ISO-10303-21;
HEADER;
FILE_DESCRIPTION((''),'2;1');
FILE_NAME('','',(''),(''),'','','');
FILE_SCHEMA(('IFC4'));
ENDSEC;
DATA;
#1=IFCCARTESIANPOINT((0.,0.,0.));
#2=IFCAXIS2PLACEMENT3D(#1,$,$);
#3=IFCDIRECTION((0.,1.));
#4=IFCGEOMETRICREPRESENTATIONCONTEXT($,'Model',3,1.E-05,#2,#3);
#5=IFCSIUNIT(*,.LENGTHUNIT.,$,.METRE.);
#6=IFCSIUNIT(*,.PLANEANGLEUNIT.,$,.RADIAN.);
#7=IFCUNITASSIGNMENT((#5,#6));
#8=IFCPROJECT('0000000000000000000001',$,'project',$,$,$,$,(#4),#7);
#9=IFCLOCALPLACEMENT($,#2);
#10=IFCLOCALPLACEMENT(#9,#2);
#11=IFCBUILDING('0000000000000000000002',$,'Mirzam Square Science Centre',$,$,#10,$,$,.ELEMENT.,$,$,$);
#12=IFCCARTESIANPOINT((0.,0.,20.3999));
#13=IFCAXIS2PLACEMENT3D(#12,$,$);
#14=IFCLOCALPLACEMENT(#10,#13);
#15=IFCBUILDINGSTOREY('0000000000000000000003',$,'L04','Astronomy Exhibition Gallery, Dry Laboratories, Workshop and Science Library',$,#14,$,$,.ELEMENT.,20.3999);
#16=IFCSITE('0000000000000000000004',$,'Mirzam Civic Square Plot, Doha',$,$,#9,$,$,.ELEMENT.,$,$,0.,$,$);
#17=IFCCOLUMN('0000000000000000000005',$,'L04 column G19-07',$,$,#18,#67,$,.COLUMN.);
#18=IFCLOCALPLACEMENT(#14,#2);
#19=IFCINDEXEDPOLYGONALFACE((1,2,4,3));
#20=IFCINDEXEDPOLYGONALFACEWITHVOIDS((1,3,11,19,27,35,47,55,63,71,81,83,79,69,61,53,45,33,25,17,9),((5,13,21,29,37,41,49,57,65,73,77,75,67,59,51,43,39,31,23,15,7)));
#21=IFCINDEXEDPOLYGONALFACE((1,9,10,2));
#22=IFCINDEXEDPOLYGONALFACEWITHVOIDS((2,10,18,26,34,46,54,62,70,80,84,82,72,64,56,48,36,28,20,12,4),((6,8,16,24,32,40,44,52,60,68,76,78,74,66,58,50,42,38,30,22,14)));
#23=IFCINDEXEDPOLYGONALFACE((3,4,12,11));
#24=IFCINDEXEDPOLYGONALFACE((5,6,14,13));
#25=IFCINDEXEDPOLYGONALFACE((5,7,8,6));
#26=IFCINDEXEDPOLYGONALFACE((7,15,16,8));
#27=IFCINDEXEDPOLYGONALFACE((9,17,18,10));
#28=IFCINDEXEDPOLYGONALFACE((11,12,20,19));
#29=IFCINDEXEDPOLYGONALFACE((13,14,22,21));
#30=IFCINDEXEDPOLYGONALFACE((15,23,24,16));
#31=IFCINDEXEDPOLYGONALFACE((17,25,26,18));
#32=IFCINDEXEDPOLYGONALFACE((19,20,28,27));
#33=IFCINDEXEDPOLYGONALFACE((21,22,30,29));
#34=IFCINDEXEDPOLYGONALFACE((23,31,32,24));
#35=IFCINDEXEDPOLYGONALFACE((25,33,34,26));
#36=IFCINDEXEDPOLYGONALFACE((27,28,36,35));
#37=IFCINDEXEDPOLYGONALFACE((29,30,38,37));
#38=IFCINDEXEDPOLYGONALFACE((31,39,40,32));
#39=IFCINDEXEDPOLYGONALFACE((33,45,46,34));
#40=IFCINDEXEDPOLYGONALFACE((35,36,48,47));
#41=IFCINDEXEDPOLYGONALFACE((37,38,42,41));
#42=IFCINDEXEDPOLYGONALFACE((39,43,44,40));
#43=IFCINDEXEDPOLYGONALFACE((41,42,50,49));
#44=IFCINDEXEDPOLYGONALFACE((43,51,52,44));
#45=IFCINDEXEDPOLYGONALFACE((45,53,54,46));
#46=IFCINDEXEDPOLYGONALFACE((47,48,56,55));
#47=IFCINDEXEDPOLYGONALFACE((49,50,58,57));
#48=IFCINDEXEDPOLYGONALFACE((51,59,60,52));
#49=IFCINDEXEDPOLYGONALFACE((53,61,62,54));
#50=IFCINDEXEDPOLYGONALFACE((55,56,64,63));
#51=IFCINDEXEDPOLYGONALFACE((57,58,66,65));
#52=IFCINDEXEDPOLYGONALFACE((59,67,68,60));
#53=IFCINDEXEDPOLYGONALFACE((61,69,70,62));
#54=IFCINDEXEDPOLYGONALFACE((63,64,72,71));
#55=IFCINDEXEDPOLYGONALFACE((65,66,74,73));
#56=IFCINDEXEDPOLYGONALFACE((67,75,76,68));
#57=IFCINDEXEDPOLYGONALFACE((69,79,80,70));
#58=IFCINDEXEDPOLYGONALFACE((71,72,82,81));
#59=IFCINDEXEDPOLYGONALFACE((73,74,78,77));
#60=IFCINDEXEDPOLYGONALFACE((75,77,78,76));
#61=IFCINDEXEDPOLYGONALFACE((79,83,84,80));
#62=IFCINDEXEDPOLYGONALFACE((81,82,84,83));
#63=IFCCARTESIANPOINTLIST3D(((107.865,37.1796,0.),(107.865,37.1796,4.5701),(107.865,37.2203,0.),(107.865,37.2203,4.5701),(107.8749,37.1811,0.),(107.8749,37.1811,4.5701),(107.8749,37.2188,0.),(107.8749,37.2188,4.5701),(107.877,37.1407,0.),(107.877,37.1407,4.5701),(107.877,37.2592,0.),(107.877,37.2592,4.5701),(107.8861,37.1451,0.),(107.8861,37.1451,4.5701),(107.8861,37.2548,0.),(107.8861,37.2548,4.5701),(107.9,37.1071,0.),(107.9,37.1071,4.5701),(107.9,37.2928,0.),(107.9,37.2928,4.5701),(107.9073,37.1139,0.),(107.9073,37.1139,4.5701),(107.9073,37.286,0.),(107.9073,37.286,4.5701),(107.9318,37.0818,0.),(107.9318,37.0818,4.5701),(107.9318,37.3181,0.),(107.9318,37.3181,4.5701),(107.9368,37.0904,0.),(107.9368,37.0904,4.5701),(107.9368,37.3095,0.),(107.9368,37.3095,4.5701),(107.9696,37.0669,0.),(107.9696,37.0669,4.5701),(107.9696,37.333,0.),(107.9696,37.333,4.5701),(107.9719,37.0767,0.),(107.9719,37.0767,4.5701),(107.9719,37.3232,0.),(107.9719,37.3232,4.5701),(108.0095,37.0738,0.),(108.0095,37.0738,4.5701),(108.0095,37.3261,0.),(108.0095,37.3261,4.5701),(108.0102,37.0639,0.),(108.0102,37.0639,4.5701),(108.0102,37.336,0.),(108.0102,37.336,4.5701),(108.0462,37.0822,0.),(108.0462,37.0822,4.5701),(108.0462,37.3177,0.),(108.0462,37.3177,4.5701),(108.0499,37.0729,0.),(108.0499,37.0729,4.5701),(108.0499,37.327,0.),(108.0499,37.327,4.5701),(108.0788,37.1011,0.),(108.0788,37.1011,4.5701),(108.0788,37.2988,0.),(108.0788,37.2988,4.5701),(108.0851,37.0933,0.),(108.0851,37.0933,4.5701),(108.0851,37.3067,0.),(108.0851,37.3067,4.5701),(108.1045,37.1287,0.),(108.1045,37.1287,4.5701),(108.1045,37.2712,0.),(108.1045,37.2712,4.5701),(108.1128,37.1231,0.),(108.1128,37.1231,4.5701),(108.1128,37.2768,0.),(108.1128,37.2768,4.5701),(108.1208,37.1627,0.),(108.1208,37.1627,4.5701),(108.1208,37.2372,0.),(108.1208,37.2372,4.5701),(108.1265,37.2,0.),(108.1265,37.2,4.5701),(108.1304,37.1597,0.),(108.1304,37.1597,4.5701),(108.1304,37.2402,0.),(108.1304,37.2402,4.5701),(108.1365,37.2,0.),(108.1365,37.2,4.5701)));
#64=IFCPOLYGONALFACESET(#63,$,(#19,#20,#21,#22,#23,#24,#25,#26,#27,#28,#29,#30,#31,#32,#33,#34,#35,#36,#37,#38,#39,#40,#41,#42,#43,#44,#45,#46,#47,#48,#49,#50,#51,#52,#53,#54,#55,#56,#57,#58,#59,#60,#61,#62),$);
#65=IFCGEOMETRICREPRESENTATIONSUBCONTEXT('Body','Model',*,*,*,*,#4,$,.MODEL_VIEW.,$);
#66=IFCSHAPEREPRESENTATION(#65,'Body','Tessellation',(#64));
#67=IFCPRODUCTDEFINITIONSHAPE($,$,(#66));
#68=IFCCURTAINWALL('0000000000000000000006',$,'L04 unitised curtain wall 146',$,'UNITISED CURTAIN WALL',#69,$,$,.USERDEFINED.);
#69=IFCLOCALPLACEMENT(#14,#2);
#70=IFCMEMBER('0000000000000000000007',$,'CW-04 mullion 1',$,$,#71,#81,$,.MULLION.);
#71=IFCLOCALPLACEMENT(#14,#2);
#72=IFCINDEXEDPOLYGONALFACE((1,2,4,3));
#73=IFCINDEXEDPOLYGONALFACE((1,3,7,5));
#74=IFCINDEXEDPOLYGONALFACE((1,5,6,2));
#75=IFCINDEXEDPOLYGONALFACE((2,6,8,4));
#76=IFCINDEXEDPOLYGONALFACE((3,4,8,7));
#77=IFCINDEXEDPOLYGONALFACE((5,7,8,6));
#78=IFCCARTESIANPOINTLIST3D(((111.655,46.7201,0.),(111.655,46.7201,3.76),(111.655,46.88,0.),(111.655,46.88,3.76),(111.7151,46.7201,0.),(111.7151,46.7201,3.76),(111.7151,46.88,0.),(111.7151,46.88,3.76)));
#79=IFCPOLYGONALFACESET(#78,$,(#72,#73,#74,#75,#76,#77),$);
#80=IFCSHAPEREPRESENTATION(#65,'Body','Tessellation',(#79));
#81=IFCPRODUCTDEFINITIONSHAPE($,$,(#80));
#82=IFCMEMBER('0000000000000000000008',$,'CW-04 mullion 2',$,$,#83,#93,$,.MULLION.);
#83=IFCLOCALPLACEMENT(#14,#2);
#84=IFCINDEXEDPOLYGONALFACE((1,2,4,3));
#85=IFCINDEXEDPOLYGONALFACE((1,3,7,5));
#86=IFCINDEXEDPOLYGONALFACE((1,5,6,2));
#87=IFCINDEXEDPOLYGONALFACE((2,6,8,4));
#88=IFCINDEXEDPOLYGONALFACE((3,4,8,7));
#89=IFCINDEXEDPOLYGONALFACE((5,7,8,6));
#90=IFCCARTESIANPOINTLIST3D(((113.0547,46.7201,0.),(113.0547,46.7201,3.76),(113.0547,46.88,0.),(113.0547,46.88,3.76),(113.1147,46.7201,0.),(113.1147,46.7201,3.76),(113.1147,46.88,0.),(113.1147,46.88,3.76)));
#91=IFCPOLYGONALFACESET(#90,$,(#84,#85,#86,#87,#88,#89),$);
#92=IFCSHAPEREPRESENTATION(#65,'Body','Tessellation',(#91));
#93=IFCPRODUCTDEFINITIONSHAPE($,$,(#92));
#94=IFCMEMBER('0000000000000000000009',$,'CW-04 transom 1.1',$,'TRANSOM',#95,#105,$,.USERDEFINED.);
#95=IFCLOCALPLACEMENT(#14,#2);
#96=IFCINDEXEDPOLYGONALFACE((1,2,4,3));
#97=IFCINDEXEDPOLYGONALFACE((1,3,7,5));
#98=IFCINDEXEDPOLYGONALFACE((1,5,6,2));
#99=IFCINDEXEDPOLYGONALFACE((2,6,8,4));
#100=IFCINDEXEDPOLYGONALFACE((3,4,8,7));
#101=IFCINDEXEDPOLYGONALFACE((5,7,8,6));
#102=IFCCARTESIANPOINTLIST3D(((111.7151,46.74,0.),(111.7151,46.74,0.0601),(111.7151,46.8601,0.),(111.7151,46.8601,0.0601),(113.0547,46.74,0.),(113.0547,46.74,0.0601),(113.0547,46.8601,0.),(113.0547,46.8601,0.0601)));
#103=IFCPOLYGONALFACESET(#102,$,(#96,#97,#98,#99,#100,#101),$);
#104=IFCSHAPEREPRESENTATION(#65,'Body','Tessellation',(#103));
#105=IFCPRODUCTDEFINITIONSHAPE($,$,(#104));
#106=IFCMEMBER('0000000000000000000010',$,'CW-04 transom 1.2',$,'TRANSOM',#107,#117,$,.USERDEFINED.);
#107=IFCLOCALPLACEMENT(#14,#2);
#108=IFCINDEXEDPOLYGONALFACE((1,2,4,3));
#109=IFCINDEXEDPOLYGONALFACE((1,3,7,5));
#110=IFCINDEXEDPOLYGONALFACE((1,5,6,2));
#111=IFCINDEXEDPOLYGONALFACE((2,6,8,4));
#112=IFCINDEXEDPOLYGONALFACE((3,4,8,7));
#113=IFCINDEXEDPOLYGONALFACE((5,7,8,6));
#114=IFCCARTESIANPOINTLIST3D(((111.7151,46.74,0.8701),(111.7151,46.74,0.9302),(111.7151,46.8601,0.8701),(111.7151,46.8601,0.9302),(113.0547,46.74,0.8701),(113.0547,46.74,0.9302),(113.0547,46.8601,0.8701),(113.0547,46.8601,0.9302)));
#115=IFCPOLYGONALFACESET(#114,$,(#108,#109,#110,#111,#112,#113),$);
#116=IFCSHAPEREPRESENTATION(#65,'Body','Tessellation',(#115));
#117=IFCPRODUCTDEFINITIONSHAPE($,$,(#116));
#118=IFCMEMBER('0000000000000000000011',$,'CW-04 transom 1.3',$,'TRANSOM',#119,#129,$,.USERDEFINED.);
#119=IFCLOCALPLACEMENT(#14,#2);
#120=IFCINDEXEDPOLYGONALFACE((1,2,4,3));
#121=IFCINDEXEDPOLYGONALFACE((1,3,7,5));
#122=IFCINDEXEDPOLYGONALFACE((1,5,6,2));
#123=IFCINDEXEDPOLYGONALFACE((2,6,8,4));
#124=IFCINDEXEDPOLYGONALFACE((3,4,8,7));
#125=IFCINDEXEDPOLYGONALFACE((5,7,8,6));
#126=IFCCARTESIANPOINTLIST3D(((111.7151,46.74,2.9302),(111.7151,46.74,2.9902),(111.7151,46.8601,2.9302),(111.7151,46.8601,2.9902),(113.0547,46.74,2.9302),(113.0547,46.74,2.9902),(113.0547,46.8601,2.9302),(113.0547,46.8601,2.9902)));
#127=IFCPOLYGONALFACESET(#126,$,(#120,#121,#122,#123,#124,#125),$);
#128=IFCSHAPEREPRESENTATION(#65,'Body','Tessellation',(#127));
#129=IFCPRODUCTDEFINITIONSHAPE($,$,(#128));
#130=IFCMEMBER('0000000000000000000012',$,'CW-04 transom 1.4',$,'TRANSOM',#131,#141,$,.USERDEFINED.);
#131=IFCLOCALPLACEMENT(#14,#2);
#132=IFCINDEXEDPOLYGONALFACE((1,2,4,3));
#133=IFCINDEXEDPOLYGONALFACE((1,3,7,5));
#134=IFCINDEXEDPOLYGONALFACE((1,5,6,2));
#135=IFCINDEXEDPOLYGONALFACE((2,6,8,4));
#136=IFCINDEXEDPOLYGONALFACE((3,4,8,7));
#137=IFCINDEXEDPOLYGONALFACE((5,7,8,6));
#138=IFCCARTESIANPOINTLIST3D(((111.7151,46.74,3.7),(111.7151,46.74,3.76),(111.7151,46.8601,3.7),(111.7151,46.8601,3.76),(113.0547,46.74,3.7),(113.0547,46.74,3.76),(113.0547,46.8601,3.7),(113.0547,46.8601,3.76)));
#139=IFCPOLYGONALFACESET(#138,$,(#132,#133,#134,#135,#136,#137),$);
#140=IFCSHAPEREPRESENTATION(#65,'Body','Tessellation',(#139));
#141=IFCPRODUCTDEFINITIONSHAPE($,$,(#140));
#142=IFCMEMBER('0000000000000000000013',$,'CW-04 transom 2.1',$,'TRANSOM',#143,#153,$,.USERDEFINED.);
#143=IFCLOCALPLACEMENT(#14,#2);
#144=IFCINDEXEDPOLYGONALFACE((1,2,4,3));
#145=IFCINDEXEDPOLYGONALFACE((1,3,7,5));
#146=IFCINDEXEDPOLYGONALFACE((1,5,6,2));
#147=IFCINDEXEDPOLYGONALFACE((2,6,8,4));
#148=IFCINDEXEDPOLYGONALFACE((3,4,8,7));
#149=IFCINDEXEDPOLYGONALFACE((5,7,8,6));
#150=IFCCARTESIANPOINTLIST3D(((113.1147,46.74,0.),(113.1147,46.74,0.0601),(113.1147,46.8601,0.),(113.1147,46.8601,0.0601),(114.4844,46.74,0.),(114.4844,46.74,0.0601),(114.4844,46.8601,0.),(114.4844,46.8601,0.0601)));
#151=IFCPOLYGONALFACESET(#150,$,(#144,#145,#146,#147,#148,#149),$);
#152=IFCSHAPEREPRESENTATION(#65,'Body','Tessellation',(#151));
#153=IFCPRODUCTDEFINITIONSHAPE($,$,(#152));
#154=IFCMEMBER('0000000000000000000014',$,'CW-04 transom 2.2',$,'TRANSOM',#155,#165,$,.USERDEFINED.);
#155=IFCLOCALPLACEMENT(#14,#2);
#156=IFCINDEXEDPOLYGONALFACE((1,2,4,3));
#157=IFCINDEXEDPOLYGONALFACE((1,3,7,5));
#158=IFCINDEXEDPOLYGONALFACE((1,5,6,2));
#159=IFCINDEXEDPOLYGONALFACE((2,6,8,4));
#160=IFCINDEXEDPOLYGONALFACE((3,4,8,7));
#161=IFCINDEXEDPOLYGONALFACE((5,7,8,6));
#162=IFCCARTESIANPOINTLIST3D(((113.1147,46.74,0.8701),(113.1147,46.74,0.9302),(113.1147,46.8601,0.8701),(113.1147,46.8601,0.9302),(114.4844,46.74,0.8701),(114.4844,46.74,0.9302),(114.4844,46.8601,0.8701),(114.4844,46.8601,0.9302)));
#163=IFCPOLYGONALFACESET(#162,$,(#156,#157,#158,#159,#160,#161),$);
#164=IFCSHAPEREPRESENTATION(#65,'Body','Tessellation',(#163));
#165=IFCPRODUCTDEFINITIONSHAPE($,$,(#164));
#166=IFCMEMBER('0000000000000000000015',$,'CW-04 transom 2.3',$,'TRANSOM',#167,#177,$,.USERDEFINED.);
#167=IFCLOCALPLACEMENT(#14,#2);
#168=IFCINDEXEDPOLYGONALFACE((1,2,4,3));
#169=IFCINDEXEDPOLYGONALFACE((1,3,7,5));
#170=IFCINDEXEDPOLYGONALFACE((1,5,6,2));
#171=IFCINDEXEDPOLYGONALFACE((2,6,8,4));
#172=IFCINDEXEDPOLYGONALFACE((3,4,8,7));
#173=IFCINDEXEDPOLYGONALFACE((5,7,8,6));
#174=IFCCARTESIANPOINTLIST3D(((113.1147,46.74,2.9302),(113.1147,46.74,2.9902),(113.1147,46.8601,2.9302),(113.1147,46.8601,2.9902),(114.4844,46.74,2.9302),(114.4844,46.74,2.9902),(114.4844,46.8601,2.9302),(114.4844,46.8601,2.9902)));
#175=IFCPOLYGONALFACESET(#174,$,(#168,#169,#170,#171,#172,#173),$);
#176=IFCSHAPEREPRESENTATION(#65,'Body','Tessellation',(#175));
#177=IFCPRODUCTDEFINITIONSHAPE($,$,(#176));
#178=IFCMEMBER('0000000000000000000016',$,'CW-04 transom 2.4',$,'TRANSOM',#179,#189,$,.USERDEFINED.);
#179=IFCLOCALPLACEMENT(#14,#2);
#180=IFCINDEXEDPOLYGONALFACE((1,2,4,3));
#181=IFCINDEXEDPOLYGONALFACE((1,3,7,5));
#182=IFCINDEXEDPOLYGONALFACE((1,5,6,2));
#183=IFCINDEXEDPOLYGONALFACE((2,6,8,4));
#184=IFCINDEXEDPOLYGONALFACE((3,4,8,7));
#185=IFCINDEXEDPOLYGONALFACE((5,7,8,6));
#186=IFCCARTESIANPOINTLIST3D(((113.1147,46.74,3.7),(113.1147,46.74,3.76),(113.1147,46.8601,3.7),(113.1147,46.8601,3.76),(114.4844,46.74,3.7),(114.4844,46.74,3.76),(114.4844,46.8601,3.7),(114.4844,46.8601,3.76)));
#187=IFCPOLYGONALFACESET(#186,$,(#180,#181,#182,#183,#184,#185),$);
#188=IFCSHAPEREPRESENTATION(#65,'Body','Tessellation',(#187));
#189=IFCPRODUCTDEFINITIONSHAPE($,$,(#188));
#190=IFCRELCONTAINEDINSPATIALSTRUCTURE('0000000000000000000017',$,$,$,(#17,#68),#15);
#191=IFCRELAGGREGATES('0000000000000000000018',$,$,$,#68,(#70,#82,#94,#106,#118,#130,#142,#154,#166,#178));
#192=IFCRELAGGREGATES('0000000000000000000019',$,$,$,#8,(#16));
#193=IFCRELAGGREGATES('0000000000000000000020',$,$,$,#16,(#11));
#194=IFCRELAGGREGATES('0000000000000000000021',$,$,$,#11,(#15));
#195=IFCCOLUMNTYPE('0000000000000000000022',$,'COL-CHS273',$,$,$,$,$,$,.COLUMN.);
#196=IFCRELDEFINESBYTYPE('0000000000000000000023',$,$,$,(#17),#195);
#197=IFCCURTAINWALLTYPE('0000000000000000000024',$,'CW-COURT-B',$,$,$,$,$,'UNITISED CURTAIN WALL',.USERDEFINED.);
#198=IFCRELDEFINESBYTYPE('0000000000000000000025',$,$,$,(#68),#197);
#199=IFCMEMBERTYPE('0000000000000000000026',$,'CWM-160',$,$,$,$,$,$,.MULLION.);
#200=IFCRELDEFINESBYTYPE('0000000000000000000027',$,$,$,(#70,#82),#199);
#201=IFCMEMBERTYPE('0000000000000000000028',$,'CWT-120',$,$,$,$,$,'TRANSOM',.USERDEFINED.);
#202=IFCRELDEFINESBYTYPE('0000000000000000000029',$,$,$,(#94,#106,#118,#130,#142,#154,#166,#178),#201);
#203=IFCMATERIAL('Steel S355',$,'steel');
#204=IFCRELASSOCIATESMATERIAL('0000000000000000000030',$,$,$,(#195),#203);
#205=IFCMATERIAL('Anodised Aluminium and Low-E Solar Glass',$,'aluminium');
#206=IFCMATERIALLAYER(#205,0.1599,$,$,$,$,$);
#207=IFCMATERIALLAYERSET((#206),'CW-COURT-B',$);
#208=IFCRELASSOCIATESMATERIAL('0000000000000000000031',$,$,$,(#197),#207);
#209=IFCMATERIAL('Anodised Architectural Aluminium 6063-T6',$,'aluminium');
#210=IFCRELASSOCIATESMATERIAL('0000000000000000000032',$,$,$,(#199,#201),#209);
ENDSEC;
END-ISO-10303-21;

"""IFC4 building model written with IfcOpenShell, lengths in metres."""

from ifc_helpers import new_model, si_unit, direction, frame, origin, origin_2d, place, context, subcontext, project, spatial, rectangle, hollow_circle, extrude, material, layer, layer_set, material_profile, profile_set, type_object, element, aggregate, save


model = new_model("IFC4")

# Units and contexts
model_context = context("Model", 3, precision=1e-05, world=origin(), true_north=direction((0.0, 1.0)))
body_context = subcontext(model_context, "Body", "Model", "MODEL_VIEW")
ifc_project = project(units=[si_unit("LENGTHUNIT", "METRE"), si_unit("PLANEANGLEUNIT", "RADIAN")], contexts=[model_context])

# Site, building, storey
site_placement = place(None, origin())
site = spatial("IfcSite", under=ifc_project, at=site_placement, Name="Mirzam Civic Square Plot, Doha", CompositionType="ELEMENT", RefElevation=0.0)
building_placement = place(site_placement, origin())
building = spatial("IfcBuilding", under=site, at=building_placement, Name="Mirzam Square Science Centre", CompositionType="ELEMENT")
storey_placement = place(building_placement, frame((0.0, 0.0, 20.3999)))
storey = spatial("IfcBuildingStorey", under=building, at=storey_placement, Name="L04", Description="Astronomy Exhibition Gallery, Dry Laboratories, Workshop and Science Library", CompositionType="ELEMENT", Elevation=20.3999)

# Column
ifc_material_1 = material(Name="Steel S355", Category="steel")
ifc_material_profile_1 = material_profile(ifc_material_1, hollow_circle(Radius=0.1365, WallThickness=0.01, at=origin_2d()), Name="273.0x10.0CHS")
ifc_profile_set_1 = profile_set([ifc_material_profile_1], Name="Steel S355")
column_type = type_object("IfcColumnType", Name="COL-CHS273", PredefinedType="COLUMN", material=ifc_profile_set_1)
column_placement = place(storey_placement, frame((108.0, 37.2, 0.0), z_axis=(0.0, 0.0, 1.0), x_axis=(1.0, 0.0, 0.0)))
element("IfcColumn", 1, at=column_placement, inside=storey, type_object=column_type, Name="L04 column G19-07", PredefinedType="COLUMN", context=body_context, shape_type="SweptSolid", body=[
    extrude(hollow_circle(Radius=0.1365, WallThickness=0.01, at=origin_2d()), origin(), (0.0, 0.0, 1.0), 4.5701),
])

# Curtain wall, members
ifc_material_2 = material(Name="Anodised Aluminium and Low-E Solar Glass", Category="aluminium")
ifc_layer_1 = layer(ifc_material_2, 0.1599)
ifc_layer_set_1 = layer_set([ifc_layer_1], Name="CW-COURT-B")
curtain_wall_type = type_object("IfcCurtainWallType", Name="CW-COURT-B", ElementType="UNITISED CURTAIN WALL", PredefinedType="USERDEFINED", material=ifc_layer_set_1)
curtain_wall_placement = place(storey_placement, origin())
curtain_wall = element("IfcCurtainWall", 2, at=curtain_wall_placement, inside=storey, type_object=curtain_wall_type, Name="L04 unitised curtain wall 146", ObjectType="UNITISED CURTAIN WALL", PredefinedType="USERDEFINED")
ifc_material_3 = material(Name="Anodised Architectural Aluminium 6063-T6", Category="aluminium")
ifc_material_profile_2 = material_profile(ifc_material_3, rectangle(XDim=0.0601, YDim=0.1599, at=origin_2d()), Name="ALU-MULL-160x60x4")
ifc_profile_set_2 = profile_set([ifc_material_profile_2], Name="Anodised Architectural Aluminium 6063-T6")
member_type_1 = type_object("IfcMemberType", Name="CWM-160", PredefinedType="MULLION", material=ifc_profile_set_2)
member_1_placement = place(storey_placement, frame((111.6851, 46.8, 0.0), z_axis=(0.0, 0.0, 1.0), x_axis=(1.0, 0.0, 0.0)))
member_1 = element("IfcMember", 3, at=member_1_placement, type_object=member_type_1, Name="CW-04 mullion 1", PredefinedType="MULLION", context=body_context, shape_type="SweptSolid", body=[
    extrude(rectangle(XDim=0.0601, YDim=0.1599, at=origin_2d()), origin(), (0.0, 0.0, 1.0), 3.76),
])
member_2_placement = place(storey_placement, frame((113.0847, 46.8, 0.0), z_axis=(0.0, 0.0, 1.0), x_axis=(1.0, 0.0, 0.0)))
member_2 = element("IfcMember", 4, at=member_2_placement, type_object=member_type_1, Name="CW-04 mullion 2", PredefinedType="MULLION", context=body_context, shape_type="SweptSolid", body=[
    extrude(rectangle(XDim=0.0601, YDim=0.1599, at=origin_2d()), origin(), (0.0, 0.0, 1.0), 3.76),
])
ifc_material_profile_3 = material_profile(ifc_material_3, rectangle(XDim=0.1201, YDim=0.0601, at=origin_2d()), Name="ALU-TRAN-120x60x4")
ifc_profile_set_3 = profile_set([ifc_material_profile_3], Name="Anodised Architectural Aluminium 6063-T6")
member_type_2 = type_object("IfcMemberType", Name="CWT-120", ElementType="TRANSOM", PredefinedType="USERDEFINED", material=ifc_profile_set_3)
member_3_placement = place(storey_placement, frame((111.7151, 46.8, 0.03), z_axis=(1.0, 0.0, 0.0), x_axis=(0.0, 1.0, 0.0)))
member_3 = element("IfcMember", 5, at=member_3_placement, type_object=member_type_2, Name="CW-04 transom 1.1", ObjectType="TRANSOM", PredefinedType="USERDEFINED", context=body_context, shape_type="SweptSolid", body=[
    extrude(rectangle(XDim=0.1201, YDim=0.0601, at=origin_2d()), origin(), (0.0, 0.0, 1.0), 1.3396),
])
member_4_placement = place(storey_placement, frame((111.7151, 46.8, 0.9001), z_axis=(1.0, 0.0, 0.0), x_axis=(0.0, 1.0, 0.0)))
member_4 = element("IfcMember", 6, at=member_4_placement, type_object=member_type_2, Name="CW-04 transom 1.2", ObjectType="TRANSOM", PredefinedType="USERDEFINED", context=body_context, shape_type="SweptSolid", body=[
    extrude(rectangle(XDim=0.1201, YDim=0.0601, at=origin_2d()), origin(), (0.0, 0.0, 1.0), 1.3396),
])
member_5_placement = place(storey_placement, frame((111.7151, 46.8, 2.9602), z_axis=(1.0, 0.0, 0.0), x_axis=(0.0, 1.0, 0.0)))
member_5 = element("IfcMember", 7, at=member_5_placement, type_object=member_type_2, Name="CW-04 transom 1.3", ObjectType="TRANSOM", PredefinedType="USERDEFINED", context=body_context, shape_type="SweptSolid", body=[
    extrude(rectangle(XDim=0.1201, YDim=0.0601, at=origin_2d()), origin(), (0.0, 0.0, 1.0), 1.3396),
])
member_6_placement = place(storey_placement, frame((111.7151, 46.8, 3.73), z_axis=(1.0, 0.0, 0.0), x_axis=(0.0, 1.0, 0.0)))
member_6 = element("IfcMember", 8, at=member_6_placement, type_object=member_type_2, Name="CW-04 transom 1.4", ObjectType="TRANSOM", PredefinedType="USERDEFINED", context=body_context, shape_type="SweptSolid", body=[
    extrude(rectangle(XDim=0.1201, YDim=0.0601, at=origin_2d()), origin(), (0.0, 0.0, 1.0), 1.3396),
])
member_7_placement = place(storey_placement, frame((113.1147, 46.8, 0.03), z_axis=(1.0, 0.0, 0.0), x_axis=(0.0, 1.0, 0.0)))
member_7 = element("IfcMember", 9, at=member_7_placement, type_object=member_type_2, Name="CW-04 transom 2.1", ObjectType="TRANSOM", PredefinedType="USERDEFINED", context=body_context, shape_type="SweptSolid", body=[
    extrude(rectangle(XDim=0.1201, YDim=0.0601, at=origin_2d()), origin(), (0.0, 0.0, 1.0), 1.3696),
])
member_8_placement = place(storey_placement, frame((113.1147, 46.8, 0.9001), z_axis=(1.0, 0.0, 0.0), x_axis=(0.0, 1.0, 0.0)))
member_8 = element("IfcMember", 10, at=member_8_placement, type_object=member_type_2, Name="CW-04 transom 2.2", ObjectType="TRANSOM", PredefinedType="USERDEFINED", context=body_context, shape_type="SweptSolid", body=[
    extrude(rectangle(XDim=0.1201, YDim=0.0601, at=origin_2d()), origin(), (0.0, 0.0, 1.0), 1.3696),
])
member_9_placement = place(storey_placement, frame((113.1147, 46.8, 2.9602), z_axis=(1.0, 0.0, 0.0), x_axis=(0.0, 1.0, 0.0)))
member_9 = element("IfcMember", 11, at=member_9_placement, type_object=member_type_2, Name="CW-04 transom 2.3", ObjectType="TRANSOM", PredefinedType="USERDEFINED", context=body_context, shape_type="SweptSolid", body=[
    extrude(rectangle(XDim=0.1201, YDim=0.0601, at=origin_2d()), origin(), (0.0, 0.0, 1.0), 1.3696),
])
member_10_placement = place(storey_placement, frame((113.1147, 46.8, 3.73), z_axis=(1.0, 0.0, 0.0), x_axis=(0.0, 1.0, 0.0)))
member_10 = element("IfcMember", 12, at=member_10_placement, type_object=member_type_2, Name="CW-04 transom 2.4", ObjectType="TRANSOM", PredefinedType="USERDEFINED", context=body_context, shape_type="SweptSolid", body=[
    extrude(rectangle(XDim=0.1201, YDim=0.0601, at=origin_2d()), origin(), (0.0, 0.0, 1.0), 1.3696),
])

aggregate(curtain_wall, [member_1, member_2, member_3, member_4, member_5, member_6, member_7, member_8, member_9, member_10])

save(model, "model.ifc")
